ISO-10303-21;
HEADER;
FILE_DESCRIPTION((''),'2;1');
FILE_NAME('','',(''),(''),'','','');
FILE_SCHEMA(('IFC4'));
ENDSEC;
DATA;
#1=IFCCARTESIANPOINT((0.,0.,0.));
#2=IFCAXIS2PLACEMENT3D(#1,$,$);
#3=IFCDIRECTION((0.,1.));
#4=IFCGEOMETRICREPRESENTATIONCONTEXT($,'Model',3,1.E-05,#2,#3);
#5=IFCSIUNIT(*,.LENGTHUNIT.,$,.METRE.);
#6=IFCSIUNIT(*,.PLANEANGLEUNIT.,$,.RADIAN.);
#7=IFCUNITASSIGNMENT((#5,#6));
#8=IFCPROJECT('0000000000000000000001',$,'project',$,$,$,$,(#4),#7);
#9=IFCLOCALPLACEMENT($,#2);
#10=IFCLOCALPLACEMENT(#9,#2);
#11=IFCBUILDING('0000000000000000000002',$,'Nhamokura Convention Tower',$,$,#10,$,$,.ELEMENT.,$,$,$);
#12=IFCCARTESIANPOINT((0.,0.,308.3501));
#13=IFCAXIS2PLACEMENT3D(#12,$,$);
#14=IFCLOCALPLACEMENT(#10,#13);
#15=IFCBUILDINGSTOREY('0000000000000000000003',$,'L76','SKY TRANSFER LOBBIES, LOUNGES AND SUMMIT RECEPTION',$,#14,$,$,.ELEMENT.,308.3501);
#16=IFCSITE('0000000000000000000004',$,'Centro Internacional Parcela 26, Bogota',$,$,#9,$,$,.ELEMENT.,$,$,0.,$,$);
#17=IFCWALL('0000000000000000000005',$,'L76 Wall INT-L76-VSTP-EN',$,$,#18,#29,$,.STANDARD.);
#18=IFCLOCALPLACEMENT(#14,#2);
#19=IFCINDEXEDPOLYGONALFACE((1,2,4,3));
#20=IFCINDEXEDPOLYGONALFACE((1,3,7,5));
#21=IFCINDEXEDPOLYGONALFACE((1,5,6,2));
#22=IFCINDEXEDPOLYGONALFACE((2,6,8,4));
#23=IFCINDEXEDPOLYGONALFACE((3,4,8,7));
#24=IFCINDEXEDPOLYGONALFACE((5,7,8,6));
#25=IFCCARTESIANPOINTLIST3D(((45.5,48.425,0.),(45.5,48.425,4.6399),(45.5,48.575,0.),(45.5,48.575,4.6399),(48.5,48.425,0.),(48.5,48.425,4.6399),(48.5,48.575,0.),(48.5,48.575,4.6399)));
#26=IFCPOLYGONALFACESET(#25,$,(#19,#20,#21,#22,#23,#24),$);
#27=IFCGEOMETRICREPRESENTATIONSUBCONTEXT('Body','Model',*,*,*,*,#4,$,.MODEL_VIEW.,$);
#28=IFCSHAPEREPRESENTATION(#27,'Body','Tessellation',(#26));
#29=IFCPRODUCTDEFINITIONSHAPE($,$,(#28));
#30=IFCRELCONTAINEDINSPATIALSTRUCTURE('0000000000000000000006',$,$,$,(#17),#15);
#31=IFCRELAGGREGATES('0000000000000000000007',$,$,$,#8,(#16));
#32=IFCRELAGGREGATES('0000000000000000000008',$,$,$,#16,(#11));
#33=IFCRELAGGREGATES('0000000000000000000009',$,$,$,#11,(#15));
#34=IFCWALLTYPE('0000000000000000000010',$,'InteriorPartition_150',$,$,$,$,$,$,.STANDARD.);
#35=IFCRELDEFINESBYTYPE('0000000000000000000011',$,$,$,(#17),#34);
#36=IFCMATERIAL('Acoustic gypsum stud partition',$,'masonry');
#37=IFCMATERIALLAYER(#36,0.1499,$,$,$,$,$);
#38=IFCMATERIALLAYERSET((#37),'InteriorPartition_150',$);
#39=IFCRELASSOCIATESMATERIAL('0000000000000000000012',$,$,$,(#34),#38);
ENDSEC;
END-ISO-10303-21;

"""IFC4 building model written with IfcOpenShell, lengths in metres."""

from ifc_helpers import new_model, si_unit, direction, frame, frame_2d, origin, place, context, subcontext, project, spatial, rectangle, extrude, material, layer, layer_set, type_object, element, save


model = new_model("IFC4")

# Units and contexts
model_context = context("Model", 3, precision=1e-05, world=origin(), true_north=direction((0.0, 1.0)))
body_context = subcontext(model_context, "Body", "Model", "MODEL_VIEW")
ifc_project = project(units=[si_unit("LENGTHUNIT", "METRE"), si_unit("PLANEANGLEUNIT", "RADIAN")], contexts=[model_context])

# Site, building, storey
site_placement = place(None, origin())
site = spatial("IfcSite", under=ifc_project, at=site_placement, Name="Centro Internacional Parcela 26, Bogota", CompositionType="ELEMENT", RefElevation=0.0)
building_placement = place(site_placement, origin())
building = spatial("IfcBuilding", under=site, at=building_placement, Name="Nhamokura Convention Tower", CompositionType="ELEMENT")
storey_placement = place(building_placement, frame((0.0, 0.0, 308.3501)))
storey = spatial("IfcBuildingStorey", under=building, at=storey_placement, Name="L76", Description="SKY TRANSFER LOBBIES, LOUNGES AND SUMMIT RECEPTION", CompositionType="ELEMENT", Elevation=308.3501)

# Wall
ifc_material_1 = material(Name="Acoustic gypsum stud partition", Category="masonry")
ifc_layer_1 = layer(ifc_material_1, 0.1499)
ifc_layer_set_1 = layer_set([ifc_layer_1], Name="InteriorPartition_150")
wall_type_1 = type_object("IfcWallType", Name="InteriorPartition_150", PredefinedType="STANDARD", material=ifc_layer_set_1)
wall_1_placement = place(storey_placement, frame((45.5, 48.5, 0.0), z_axis=(0.0, 0.0, 1.0), x_axis=(1.0, 0.0, 0.0)))
element("IfcWall", 1, at=wall_1_placement, inside=storey, type_object=wall_type_1, Name="L76 Wall INT-L76-VSTP-EN", PredefinedType="STANDARD", context=body_context, shape_type="SweptSolid", body=[
    extrude(rectangle(XDim=3.0, YDim=0.1499, at=frame_2d((1.5, 0.0))), origin(), (0.0, 0.0, 1.0), 4.6399),
])

save(model, "model.ifc")
